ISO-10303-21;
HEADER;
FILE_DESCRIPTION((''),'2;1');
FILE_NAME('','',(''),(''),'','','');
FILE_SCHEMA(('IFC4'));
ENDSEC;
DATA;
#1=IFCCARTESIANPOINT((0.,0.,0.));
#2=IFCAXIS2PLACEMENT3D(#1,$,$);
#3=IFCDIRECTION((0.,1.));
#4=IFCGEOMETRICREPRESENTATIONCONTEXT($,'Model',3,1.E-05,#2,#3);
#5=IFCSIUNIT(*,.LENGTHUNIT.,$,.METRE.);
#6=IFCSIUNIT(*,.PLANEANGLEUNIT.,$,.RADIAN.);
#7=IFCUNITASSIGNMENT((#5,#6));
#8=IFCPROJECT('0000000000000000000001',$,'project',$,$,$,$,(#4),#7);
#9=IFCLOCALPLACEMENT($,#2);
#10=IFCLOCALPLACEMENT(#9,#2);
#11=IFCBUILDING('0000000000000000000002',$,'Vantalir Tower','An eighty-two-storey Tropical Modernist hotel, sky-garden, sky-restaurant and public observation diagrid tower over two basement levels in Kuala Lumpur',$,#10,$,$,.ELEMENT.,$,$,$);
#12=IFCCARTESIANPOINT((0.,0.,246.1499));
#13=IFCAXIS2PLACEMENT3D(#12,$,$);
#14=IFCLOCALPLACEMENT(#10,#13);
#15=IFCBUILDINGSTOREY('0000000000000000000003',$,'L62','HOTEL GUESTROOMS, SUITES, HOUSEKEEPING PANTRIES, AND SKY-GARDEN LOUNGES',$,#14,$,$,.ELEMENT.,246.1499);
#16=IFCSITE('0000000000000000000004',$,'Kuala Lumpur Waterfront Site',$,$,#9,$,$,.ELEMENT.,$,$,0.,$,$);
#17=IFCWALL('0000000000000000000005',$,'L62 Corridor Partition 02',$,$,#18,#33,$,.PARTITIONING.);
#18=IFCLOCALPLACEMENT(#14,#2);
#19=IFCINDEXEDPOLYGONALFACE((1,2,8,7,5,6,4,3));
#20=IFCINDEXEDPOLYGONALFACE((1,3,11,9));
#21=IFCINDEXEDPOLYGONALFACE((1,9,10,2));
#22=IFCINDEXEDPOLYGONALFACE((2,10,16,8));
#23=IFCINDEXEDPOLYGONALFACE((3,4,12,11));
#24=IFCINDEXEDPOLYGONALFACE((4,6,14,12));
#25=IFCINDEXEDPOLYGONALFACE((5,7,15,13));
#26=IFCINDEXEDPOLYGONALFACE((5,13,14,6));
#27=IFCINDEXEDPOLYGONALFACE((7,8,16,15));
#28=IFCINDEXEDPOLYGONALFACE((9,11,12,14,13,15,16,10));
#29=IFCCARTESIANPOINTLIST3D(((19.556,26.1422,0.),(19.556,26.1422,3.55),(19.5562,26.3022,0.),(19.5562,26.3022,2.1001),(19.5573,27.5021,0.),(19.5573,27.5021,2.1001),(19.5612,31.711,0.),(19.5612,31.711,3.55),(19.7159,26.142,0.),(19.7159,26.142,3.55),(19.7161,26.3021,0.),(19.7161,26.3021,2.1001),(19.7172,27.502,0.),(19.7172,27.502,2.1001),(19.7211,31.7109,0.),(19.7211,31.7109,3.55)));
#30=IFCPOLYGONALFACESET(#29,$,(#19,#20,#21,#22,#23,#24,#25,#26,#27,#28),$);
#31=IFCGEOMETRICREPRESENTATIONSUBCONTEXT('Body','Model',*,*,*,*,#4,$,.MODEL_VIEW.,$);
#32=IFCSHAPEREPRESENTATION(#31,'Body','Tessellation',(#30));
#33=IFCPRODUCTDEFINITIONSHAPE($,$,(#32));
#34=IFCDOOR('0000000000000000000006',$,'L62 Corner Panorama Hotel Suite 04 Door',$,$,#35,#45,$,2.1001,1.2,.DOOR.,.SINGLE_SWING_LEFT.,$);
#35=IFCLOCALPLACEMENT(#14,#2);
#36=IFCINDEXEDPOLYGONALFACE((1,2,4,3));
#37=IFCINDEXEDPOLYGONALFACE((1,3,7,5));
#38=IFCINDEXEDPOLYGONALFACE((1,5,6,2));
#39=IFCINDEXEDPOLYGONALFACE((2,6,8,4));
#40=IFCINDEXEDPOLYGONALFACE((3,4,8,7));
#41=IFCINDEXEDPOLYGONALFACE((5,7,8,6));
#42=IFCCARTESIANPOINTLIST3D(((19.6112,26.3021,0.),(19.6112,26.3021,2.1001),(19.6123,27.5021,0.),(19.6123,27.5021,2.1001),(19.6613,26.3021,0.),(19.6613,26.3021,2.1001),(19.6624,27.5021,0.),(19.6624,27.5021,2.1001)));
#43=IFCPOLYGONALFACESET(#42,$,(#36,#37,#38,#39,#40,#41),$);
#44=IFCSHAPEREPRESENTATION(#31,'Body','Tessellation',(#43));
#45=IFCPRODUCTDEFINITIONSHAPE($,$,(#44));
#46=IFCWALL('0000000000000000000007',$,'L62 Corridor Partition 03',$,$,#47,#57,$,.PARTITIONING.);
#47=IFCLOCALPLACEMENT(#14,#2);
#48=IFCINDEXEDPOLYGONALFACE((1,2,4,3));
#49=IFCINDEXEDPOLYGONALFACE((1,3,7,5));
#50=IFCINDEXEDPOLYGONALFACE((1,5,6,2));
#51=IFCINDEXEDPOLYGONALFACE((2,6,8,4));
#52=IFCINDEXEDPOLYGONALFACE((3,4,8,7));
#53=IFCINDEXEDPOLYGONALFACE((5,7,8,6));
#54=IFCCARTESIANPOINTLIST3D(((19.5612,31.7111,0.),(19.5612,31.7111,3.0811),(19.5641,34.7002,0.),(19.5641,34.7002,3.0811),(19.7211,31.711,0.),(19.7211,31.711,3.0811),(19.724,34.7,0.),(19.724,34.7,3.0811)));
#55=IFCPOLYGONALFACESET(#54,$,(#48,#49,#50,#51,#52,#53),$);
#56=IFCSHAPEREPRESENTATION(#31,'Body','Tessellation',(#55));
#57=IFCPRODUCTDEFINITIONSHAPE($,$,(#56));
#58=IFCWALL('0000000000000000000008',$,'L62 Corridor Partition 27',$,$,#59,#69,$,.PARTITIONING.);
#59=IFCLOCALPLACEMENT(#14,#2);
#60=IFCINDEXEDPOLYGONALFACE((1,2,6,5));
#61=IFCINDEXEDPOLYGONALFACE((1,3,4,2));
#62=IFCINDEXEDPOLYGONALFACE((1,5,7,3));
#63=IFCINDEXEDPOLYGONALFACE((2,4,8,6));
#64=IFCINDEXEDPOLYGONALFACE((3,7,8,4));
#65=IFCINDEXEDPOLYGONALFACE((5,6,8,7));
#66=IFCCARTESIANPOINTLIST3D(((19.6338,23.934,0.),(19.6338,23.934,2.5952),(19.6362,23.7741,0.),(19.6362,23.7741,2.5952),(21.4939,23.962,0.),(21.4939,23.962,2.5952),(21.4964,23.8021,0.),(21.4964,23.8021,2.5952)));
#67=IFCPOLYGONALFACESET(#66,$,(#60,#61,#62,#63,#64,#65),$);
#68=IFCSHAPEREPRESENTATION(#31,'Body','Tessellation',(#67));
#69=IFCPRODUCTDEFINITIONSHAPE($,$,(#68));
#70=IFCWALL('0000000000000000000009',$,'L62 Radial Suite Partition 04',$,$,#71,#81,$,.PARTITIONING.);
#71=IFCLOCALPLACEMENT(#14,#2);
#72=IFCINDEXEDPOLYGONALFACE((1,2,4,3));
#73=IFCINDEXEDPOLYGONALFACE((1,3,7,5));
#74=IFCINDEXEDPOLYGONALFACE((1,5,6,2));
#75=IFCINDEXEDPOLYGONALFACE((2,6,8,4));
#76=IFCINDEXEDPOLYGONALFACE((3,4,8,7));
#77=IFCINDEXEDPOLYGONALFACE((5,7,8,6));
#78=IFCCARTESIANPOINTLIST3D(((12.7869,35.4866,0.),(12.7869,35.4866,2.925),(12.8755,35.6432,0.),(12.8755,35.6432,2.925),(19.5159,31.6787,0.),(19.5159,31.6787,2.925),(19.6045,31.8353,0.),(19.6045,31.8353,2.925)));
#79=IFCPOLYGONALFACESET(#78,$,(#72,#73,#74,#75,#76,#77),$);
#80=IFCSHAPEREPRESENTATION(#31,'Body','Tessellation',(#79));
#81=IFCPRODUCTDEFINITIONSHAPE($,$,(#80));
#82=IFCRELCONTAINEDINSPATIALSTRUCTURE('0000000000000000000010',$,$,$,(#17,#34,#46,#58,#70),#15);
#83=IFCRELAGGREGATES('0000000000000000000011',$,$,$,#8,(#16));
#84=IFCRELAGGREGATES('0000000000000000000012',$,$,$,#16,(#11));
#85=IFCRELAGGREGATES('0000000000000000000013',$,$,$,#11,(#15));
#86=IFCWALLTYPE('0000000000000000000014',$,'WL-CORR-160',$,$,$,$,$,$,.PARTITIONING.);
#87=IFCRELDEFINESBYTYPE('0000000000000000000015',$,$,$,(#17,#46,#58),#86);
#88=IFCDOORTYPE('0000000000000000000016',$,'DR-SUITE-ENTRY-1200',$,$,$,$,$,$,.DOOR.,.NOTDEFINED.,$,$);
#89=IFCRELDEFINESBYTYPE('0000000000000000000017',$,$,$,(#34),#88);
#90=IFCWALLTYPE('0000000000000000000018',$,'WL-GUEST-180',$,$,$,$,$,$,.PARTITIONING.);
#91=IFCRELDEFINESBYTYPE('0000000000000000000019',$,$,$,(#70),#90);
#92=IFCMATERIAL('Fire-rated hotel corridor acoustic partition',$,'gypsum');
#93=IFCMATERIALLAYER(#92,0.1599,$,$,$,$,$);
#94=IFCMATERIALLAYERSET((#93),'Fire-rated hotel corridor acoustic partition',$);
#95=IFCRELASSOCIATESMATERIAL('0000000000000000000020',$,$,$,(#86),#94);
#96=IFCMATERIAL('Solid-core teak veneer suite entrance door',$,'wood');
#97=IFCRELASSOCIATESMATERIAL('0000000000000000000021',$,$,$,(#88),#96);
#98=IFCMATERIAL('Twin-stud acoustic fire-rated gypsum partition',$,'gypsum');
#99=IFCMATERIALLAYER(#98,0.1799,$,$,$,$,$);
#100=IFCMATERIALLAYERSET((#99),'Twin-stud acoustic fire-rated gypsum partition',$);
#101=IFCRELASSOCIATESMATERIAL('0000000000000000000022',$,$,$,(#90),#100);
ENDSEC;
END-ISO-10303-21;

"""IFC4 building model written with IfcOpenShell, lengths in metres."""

from ifc_helpers import new_model, si_unit, direction, frame, frame_2d, origin, place, context, subcontext, project, spatial, rectangle, extrude, material, layer, layer_set, type_object, element, fill, save


model = new_model("IFC4")

# Units and contexts
model_context = context("Model", 3, precision=1e-05, world=origin(), true_north=direction((0.0, 1.0)))
body_context = subcontext(model_context, "Body", "Model", "MODEL_VIEW")
ifc_project = project(units=[si_unit("LENGTHUNIT", "METRE"), si_unit("PLANEANGLEUNIT", "RADIAN")], contexts=[model_context])

# Site, building, storey
site_placement = place(None, origin())
site = spatial("IfcSite", under=ifc_project, at=site_placement, Name="Kuala Lumpur Waterfront Site", CompositionType="ELEMENT", RefElevation=0.0)
building_placement = place(site_placement, origin())
building = spatial("IfcBuilding", under=site, at=building_placement, Name="Vantalir Tower", Description="An eighty-two-storey Tropical Modernist hotel, sky-garden, sky-restaurant and public observation diagrid tower over two basement levels in Kuala Lumpur", CompositionType="ELEMENT")
storey_placement = place(building_placement, frame((0.0, 0.0, 246.1499)))
storey = spatial("IfcBuildingStorey", under=building, at=storey_placement, Name="L62", Description="HOTEL GUESTROOMS, SUITES, HOUSEKEEPING PANTRIES, AND SKY-GARDEN LOUNGES", CompositionType="ELEMENT", Elevation=246.1499)

# Shared definitions
ifc_material_1 = material(Name="Fire-rated hotel corridor acoustic partition", Category="gypsum")
ifc_layer_1 = layer(ifc_material_1, 0.1599)
ifc_layer_set_1 = layer_set([ifc_layer_1], Name="Fire-rated hotel corridor acoustic partition")
wall_type_1 = type_object("IfcWallType", Name="WL-CORR-160", PredefinedType="PARTITIONING", material=ifc_layer_set_1)

# Wall, opening, door
wall_1_placement = place(storey_placement, frame((19.636, 26.1421, 0.0), z_axis=(0.0, 0.0, 1.0), x_axis=(0.000921, 1.0, 0.0)))
wall_1 = element("IfcWall", 1, at=wall_1_placement, inside=storey, type_object=wall_type_1, Name="L62 Corridor Partition 02", PredefinedType="PARTITIONING", context=body_context, shape_type="SweptSolid", body=[
    extrude(rectangle(XDim=5.5688, YDim=0.1599, at=frame_2d((2.7844, 0.0))), origin(), (0.0, 0.0, 1.0), 3.55),
])
opening_1_placement = place(wall_1_placement, frame((0.1599, 0.0, 0.0)))
opening_1 = element("IfcOpeningElement", 2, at=opening_1_placement, cuts=wall_1, PredefinedType="OPENING", context=body_context, shape_type="SweptSolid", body=[
    extrude(rectangle(XDim=1.2, YDim=2.1001, at=frame_2d((0.6001, 1.05))), frame((0.0, 0.0898, 0.0), z_axis=(0.0, -1.0, 0.0), x_axis=(1.0, 0.0, 0.0)), (0.0, 0.0, 1.0), 0.1799),
])
ifc_material_2 = material(Name="Solid-core teak veneer suite entrance door", Category="wood")
door_type_1 = type_object("IfcDoorType", Name="DR-SUITE-ENTRY-1200", OperationType="NOTDEFINED", PredefinedType="DOOR", material=ifc_material_2)
door_1_placement = place(opening_1_placement, origin())
door_1 = element("IfcDoor", 3, at=door_1_placement, inside=storey, type_object=door_type_1, Name="L62 Corner Panorama Hotel Suite 04 Door", OperationType="SINGLE_SWING_LEFT", OverallHeight=2.1001, OverallWidth=1.2, PredefinedType="DOOR", context=body_context, shape_type="SweptSolid", body=[
    extrude(rectangle(XDim=1.2, YDim=2.1001, at=frame_2d((0.6001, 1.05))), frame((0.0, 0.0249, 0.0), z_axis=(0.0, -1.0, 0.0), x_axis=(1.0, 0.0, 0.0)), (0.0, 0.0, 1.0), 0.05),
])
fill(opening_1, door_1)

# Walls
wall_2_placement = place(storey_placement, frame((19.6411, 31.7109, 0.0), z_axis=(0.0, 0.0, 1.0), x_axis=(0.00098, 1.0, 0.0)))
element("IfcWall", 4, at=wall_2_placement, inside=storey, type_object=wall_type_1, Name="L62 Corridor Partition 03", PredefinedType="PARTITIONING", context=body_context, shape_type="SweptSolid", body=[
    extrude(rectangle(XDim=2.989, YDim=0.1599, at=frame_2d((1.4946, 0.0))), origin(), (0.0, 0.0, 1.0), 3.0811),
])
wall_3_placement = place(storey_placement, frame((19.635, 23.854, 0.0), z_axis=(0.0, 0.0, 1.0), x_axis=(0.999886, 0.015092, 0.0)))
element("IfcWall", 5, at=wall_3_placement, inside=storey, type_object=wall_type_1, Name="L62 Corridor Partition 27", PredefinedType="PARTITIONING", context=body_context, shape_type="SweptSolid", body=[
    extrude(rectangle(XDim=1.8604, YDim=0.1599, at=frame_2d((0.9302, 0.0))), origin(), (0.0, 0.0, 1.0), 2.5952),
])
ifc_material_3 = material(Name="Twin-stud acoustic fire-rated gypsum partition", Category="gypsum")
ifc_layer_2 = layer(ifc_material_3, 0.1799)
ifc_layer_set_2 = layer_set([ifc_layer_2], Name="Twin-stud acoustic fire-rated gypsum partition")
wall_type_2 = type_object("IfcWallType", Name="WL-GUEST-180", PredefinedType="PARTITIONING", material=ifc_layer_set_2)
wall_4_placement = place(storey_placement, frame((19.5601, 31.7571, 0.0), z_axis=(0.0, 0.0, 1.0), x_axis=(-0.870313, 0.492499, 0.0)))
element("IfcWall", 6, at=wall_4_placement, inside=storey, type_object=wall_type_2, Name="L62 Radial Suite Partition 04", PredefinedType="PARTITIONING", context=body_context, shape_type="SweptSolid", body=[
    extrude(rectangle(XDim=7.7317, YDim=0.1799, at=frame_2d((3.8657, 0.0))), origin(), (0.0, 0.0, 1.0), 2.925),
])

save(model, "model.ifc")
